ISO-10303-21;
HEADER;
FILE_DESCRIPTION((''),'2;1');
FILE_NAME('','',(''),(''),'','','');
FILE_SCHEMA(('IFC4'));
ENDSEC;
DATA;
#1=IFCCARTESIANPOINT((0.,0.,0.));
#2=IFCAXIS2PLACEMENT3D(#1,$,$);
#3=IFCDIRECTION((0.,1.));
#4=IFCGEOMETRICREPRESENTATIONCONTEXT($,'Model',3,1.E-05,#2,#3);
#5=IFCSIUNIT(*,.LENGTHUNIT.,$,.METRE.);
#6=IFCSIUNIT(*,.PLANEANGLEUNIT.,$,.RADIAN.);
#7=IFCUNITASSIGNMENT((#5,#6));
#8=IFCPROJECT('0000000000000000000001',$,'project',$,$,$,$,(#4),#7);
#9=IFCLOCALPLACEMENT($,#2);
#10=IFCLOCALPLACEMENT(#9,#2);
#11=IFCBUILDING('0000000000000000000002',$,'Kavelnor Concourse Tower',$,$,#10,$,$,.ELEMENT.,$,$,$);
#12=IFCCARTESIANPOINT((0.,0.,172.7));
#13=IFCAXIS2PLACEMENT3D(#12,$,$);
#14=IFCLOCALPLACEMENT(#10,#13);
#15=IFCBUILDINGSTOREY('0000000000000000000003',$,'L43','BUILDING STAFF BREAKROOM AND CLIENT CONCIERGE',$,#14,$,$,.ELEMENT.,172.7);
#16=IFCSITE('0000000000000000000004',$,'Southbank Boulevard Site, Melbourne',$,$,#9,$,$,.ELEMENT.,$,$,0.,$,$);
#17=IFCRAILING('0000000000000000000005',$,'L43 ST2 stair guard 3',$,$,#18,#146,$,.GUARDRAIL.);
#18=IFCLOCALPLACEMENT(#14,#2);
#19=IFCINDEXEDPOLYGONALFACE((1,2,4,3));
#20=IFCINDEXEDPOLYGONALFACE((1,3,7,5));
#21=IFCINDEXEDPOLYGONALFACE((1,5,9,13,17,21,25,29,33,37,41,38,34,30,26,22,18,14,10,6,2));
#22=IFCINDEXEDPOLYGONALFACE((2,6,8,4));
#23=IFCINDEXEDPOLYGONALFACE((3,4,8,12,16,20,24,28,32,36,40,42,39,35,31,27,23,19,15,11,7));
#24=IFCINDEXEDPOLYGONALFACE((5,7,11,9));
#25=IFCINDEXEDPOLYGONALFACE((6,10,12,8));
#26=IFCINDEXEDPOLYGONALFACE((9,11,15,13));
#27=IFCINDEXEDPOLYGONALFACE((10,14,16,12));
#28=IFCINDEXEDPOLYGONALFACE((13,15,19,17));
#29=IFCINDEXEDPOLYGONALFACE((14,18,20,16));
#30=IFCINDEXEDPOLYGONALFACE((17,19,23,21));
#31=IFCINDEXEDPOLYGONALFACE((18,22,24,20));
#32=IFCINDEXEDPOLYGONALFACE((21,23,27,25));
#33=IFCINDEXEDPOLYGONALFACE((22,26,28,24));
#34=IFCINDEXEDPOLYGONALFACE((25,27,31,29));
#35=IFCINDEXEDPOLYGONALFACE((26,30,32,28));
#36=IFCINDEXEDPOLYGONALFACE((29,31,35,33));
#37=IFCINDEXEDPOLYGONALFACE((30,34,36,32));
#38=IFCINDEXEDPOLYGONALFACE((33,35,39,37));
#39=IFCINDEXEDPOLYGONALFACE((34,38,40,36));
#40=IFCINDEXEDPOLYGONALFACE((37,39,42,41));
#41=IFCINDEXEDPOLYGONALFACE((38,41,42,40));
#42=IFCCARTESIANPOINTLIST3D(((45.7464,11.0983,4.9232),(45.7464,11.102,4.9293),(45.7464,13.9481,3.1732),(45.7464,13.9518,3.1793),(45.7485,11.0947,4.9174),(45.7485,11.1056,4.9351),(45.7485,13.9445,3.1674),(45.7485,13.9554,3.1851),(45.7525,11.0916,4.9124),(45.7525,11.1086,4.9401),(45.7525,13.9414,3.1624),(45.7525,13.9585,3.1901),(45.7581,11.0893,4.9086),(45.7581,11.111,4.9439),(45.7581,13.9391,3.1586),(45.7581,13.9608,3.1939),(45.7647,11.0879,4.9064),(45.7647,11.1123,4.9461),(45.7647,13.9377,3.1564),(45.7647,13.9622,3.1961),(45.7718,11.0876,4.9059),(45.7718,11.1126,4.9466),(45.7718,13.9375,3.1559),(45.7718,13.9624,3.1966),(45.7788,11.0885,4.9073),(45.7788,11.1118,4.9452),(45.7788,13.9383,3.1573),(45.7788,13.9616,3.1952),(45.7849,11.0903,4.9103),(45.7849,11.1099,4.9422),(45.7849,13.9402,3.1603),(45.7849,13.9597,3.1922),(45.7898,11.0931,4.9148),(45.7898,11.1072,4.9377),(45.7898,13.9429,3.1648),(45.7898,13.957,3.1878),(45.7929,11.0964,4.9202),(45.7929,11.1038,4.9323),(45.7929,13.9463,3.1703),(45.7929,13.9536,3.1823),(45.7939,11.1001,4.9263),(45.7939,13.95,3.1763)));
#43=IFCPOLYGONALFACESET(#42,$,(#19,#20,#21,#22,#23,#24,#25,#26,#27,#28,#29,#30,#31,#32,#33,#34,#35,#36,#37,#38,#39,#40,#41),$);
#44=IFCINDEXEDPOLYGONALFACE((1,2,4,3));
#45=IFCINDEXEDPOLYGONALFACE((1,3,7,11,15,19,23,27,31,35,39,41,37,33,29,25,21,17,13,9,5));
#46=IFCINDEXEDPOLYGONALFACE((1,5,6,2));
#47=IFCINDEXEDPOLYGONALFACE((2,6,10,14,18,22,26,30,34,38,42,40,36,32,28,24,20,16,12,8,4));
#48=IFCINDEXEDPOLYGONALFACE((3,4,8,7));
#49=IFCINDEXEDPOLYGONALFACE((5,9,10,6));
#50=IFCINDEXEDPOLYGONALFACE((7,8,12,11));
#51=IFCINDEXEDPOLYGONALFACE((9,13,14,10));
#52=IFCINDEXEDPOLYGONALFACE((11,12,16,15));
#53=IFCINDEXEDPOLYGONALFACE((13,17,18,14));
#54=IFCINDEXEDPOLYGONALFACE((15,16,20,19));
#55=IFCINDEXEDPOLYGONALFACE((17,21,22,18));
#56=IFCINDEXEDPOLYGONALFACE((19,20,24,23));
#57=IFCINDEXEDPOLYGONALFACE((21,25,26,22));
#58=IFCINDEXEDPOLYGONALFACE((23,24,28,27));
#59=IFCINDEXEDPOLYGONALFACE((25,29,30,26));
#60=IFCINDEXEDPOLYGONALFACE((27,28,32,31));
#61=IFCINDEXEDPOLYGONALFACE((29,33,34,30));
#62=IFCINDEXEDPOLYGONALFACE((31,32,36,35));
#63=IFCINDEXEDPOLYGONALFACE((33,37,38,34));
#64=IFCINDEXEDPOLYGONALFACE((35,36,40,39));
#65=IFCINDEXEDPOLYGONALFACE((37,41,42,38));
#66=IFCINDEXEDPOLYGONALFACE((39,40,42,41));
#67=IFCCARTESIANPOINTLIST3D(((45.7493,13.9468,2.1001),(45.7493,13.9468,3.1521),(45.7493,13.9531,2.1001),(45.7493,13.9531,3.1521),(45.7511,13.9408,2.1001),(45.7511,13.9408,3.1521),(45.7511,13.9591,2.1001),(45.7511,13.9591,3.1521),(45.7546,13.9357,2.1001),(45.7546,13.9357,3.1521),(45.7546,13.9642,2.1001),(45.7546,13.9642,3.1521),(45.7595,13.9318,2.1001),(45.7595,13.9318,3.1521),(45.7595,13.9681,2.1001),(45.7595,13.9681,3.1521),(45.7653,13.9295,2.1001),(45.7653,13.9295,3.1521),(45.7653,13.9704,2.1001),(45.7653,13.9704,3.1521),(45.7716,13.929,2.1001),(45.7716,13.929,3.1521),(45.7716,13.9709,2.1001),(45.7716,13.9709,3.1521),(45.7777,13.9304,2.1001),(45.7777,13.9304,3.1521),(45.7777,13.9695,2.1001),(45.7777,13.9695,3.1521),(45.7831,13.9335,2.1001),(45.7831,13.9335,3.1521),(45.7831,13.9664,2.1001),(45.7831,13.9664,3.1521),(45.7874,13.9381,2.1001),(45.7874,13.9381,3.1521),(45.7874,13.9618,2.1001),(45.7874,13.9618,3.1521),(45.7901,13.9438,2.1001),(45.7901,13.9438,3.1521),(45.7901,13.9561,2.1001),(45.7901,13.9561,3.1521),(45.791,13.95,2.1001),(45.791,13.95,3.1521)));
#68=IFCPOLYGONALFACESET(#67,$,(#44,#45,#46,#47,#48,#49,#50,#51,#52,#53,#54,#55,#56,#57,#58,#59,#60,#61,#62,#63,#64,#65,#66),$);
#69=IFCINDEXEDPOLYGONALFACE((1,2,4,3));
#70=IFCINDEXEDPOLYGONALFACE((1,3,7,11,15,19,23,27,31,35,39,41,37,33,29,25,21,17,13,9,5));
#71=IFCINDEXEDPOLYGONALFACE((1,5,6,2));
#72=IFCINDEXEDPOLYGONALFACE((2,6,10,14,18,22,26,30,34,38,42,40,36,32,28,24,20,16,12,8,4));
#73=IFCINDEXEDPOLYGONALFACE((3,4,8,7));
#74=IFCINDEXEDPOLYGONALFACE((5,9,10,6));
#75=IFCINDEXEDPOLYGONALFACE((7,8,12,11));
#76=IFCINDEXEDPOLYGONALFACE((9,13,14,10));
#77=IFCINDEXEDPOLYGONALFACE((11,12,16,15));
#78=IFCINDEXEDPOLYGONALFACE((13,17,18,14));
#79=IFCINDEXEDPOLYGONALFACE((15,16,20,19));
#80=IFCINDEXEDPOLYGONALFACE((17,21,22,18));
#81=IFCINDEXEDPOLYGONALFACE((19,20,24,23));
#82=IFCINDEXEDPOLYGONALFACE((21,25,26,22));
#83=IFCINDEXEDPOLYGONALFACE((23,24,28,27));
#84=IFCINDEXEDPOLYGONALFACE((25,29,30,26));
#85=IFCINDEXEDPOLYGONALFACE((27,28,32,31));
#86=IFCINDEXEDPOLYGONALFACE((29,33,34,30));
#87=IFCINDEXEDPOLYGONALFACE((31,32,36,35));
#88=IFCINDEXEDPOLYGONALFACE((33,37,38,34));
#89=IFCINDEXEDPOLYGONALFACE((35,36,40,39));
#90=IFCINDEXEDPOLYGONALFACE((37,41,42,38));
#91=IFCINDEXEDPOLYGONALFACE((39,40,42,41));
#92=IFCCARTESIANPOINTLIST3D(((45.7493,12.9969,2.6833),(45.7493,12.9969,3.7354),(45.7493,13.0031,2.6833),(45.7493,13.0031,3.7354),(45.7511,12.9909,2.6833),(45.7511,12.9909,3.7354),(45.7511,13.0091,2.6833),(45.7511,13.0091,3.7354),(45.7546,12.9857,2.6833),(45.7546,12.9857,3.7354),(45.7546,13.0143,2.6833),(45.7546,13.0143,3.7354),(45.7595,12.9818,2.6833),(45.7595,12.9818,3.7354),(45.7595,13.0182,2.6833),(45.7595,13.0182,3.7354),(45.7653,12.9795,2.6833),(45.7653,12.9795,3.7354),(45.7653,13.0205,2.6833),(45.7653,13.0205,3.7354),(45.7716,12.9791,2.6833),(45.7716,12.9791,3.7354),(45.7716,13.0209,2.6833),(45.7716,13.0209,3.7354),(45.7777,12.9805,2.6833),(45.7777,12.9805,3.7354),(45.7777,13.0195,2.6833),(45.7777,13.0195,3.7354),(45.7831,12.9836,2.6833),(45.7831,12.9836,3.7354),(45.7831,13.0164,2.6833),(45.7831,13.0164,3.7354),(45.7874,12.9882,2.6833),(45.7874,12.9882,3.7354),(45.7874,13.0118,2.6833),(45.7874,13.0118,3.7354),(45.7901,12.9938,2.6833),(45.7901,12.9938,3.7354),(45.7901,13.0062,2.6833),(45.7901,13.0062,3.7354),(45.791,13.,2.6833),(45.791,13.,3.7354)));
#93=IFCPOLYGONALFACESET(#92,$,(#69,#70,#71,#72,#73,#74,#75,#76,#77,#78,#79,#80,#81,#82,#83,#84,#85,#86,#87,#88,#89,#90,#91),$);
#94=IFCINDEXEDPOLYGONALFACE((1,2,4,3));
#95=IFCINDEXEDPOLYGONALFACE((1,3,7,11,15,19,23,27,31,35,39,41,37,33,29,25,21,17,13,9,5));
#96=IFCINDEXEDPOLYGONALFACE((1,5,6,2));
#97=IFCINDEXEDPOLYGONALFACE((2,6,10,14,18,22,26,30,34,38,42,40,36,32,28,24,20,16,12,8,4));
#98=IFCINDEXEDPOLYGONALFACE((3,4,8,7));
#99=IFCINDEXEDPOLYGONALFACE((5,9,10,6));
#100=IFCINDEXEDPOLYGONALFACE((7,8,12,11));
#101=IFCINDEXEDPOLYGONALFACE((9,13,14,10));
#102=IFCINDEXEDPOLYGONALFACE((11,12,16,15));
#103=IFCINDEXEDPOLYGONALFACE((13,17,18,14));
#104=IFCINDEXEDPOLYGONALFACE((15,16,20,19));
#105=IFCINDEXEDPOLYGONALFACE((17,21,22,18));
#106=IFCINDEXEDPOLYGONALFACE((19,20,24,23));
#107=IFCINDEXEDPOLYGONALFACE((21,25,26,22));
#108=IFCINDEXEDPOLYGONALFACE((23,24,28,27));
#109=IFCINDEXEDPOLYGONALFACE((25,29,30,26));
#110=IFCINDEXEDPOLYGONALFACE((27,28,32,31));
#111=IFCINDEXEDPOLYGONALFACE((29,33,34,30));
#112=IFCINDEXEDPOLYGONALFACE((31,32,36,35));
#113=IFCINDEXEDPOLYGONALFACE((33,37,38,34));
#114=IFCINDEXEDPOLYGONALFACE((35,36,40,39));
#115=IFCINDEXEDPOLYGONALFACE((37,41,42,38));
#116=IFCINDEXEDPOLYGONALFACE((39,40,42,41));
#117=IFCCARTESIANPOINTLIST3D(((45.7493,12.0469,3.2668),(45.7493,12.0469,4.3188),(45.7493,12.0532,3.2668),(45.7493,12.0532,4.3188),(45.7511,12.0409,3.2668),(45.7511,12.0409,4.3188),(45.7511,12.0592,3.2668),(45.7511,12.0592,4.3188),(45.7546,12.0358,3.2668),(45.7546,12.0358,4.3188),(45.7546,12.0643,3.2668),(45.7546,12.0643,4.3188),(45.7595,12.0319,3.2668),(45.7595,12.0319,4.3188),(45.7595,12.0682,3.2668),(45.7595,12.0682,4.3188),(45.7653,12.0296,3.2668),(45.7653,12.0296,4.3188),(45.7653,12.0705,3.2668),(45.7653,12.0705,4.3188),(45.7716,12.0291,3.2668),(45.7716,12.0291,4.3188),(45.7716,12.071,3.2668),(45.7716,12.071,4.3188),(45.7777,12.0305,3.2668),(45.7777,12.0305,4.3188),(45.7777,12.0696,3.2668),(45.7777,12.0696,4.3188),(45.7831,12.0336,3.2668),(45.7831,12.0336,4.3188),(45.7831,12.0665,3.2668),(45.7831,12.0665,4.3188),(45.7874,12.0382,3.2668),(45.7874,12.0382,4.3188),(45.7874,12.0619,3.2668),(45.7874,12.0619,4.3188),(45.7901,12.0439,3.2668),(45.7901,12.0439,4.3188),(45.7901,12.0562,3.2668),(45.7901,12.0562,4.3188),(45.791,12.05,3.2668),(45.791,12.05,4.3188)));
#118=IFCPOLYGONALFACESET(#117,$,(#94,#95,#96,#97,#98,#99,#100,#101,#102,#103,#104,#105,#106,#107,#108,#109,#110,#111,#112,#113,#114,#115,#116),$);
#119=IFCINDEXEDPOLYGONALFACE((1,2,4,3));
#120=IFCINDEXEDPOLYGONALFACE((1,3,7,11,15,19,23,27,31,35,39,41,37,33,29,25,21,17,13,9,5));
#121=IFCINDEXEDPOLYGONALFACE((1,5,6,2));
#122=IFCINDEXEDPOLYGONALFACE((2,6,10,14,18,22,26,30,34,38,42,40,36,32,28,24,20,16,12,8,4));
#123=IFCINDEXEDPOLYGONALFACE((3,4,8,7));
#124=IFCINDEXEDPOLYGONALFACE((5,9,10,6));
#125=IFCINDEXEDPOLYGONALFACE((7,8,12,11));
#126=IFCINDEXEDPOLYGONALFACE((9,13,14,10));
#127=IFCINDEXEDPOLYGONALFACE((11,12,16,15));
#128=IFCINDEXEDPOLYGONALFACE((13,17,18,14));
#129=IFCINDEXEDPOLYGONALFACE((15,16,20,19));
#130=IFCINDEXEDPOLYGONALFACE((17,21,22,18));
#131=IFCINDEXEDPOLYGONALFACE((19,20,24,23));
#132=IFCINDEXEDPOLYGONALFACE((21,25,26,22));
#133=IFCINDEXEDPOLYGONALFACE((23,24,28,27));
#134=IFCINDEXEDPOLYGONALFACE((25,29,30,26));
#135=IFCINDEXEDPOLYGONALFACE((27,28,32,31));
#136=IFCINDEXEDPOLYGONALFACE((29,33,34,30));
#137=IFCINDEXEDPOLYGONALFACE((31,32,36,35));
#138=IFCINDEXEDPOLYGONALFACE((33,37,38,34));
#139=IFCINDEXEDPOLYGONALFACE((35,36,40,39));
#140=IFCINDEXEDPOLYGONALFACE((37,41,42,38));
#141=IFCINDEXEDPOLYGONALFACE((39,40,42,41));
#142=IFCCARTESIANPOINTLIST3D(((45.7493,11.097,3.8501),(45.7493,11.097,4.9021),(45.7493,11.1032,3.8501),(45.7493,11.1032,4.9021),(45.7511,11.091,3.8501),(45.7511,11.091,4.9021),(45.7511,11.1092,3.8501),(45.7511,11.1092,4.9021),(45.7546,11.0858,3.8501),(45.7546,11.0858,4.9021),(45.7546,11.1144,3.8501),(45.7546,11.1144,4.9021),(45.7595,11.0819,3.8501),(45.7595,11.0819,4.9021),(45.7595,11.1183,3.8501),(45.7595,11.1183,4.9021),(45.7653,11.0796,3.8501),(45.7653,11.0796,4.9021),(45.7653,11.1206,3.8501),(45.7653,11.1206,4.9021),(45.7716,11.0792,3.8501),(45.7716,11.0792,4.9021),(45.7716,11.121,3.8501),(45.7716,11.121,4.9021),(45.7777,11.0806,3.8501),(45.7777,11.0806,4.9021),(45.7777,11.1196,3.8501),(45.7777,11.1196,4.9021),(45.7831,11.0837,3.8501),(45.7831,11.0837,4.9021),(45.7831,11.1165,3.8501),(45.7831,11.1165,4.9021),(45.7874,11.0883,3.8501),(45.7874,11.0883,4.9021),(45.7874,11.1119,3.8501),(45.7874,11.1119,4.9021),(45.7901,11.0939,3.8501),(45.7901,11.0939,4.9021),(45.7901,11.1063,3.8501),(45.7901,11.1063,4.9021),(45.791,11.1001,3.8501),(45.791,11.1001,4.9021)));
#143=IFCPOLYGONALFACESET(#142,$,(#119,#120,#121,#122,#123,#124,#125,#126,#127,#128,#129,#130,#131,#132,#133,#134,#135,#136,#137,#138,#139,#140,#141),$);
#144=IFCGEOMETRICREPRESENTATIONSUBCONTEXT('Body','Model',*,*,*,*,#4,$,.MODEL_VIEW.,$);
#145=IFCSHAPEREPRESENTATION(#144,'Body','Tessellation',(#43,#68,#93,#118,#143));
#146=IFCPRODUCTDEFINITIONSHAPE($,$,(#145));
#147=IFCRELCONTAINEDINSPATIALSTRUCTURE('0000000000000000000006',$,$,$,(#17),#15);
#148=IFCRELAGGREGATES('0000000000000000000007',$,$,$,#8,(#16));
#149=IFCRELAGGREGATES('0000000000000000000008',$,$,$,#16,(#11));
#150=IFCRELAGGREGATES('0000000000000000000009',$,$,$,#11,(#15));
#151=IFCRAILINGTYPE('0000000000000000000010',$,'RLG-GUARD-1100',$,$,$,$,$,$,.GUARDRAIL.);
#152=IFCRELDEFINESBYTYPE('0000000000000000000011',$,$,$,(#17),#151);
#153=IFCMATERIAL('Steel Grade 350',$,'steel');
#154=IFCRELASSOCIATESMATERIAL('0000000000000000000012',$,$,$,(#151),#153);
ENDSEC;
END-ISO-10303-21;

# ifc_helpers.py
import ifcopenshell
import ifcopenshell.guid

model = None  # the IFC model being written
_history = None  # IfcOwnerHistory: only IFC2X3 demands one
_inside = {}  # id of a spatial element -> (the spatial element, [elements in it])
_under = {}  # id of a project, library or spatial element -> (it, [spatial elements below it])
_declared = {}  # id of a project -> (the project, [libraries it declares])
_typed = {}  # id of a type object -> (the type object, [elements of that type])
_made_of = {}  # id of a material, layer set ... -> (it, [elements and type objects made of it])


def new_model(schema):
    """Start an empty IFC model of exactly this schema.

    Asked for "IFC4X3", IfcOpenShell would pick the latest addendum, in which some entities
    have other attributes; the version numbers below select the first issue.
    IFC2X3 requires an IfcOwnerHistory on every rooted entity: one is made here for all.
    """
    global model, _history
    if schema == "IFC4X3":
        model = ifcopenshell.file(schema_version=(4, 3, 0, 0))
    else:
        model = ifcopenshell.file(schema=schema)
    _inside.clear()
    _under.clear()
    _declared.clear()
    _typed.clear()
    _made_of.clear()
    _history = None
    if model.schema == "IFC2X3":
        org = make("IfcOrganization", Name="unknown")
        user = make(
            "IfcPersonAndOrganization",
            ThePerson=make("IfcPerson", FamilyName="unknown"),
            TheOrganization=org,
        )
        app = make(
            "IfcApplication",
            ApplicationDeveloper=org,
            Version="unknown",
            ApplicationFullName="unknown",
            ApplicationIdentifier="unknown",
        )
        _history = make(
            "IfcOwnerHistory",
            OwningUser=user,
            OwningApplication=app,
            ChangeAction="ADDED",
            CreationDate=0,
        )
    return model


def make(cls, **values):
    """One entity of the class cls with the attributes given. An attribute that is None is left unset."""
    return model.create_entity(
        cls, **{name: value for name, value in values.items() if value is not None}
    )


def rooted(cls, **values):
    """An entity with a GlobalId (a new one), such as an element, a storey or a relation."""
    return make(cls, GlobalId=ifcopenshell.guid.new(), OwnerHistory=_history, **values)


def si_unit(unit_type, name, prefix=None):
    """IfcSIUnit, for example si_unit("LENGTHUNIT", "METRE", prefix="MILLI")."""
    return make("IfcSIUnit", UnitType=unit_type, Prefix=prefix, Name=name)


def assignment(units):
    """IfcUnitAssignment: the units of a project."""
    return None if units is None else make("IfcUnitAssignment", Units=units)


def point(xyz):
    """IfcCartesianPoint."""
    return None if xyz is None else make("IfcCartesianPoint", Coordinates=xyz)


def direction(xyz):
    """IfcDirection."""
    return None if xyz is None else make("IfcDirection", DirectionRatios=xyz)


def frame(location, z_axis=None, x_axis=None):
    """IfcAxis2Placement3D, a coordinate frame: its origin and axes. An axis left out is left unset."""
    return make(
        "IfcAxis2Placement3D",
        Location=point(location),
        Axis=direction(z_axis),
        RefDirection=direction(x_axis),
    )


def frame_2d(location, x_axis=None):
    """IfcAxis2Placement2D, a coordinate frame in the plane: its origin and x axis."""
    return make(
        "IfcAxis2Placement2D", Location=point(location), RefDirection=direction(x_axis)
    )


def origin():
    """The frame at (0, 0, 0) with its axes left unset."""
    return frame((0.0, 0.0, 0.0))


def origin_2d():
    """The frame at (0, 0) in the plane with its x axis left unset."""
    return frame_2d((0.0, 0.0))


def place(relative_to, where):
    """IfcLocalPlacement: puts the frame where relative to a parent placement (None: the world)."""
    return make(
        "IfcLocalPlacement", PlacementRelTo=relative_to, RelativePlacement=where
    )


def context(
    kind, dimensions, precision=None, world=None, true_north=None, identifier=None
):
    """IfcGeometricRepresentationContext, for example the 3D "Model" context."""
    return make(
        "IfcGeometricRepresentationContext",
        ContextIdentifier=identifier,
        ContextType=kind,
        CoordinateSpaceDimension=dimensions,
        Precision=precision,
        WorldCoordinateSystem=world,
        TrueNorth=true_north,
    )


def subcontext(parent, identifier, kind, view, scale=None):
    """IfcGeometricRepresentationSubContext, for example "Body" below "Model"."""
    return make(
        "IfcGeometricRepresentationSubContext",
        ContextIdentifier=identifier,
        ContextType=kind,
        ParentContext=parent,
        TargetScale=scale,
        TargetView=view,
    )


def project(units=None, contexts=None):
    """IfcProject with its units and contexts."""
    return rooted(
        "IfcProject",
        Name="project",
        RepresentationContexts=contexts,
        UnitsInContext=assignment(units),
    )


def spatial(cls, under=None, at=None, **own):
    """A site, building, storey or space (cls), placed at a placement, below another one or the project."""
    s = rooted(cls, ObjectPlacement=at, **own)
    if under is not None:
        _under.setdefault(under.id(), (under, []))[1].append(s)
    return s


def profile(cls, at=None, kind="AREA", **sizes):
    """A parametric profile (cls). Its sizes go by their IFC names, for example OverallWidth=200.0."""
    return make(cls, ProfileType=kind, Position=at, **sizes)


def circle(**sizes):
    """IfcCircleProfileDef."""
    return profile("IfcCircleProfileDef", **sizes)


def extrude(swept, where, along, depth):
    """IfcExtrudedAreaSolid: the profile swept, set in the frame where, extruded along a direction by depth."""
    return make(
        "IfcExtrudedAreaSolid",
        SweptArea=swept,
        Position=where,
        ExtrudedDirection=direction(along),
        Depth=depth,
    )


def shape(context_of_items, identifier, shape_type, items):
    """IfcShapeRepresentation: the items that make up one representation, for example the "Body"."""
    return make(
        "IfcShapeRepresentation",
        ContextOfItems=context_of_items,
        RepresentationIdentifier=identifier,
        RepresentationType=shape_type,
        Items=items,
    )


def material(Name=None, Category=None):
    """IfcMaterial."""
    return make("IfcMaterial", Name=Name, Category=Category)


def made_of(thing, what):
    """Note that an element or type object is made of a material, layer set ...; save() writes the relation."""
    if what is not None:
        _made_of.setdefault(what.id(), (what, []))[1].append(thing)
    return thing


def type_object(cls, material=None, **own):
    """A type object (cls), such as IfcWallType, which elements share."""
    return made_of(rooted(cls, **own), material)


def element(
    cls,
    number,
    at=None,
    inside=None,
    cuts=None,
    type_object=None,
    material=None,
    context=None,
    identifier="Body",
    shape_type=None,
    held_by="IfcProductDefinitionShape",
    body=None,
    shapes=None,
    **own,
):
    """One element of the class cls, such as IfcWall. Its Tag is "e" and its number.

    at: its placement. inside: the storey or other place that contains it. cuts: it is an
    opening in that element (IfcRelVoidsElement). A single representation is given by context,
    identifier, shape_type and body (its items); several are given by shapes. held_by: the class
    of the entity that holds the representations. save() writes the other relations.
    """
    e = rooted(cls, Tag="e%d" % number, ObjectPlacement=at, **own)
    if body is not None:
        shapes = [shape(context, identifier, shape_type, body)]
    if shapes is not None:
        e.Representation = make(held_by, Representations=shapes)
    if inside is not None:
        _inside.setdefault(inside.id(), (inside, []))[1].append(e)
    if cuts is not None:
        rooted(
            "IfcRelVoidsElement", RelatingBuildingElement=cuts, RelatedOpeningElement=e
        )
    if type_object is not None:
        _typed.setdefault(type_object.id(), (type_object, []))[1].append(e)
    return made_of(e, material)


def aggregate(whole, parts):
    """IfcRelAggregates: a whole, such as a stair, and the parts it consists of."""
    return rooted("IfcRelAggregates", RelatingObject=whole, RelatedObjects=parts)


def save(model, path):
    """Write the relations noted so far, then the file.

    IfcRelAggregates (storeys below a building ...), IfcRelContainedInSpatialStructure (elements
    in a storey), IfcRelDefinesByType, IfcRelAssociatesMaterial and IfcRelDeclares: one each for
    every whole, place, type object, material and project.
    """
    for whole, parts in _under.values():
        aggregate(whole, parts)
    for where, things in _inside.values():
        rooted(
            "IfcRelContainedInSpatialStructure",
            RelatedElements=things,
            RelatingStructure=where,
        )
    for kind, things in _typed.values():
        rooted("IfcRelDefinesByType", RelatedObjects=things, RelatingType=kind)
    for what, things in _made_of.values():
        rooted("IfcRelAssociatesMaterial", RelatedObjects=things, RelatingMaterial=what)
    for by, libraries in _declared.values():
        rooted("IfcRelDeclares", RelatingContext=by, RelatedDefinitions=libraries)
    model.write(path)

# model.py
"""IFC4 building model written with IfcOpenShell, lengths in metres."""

from ifc_helpers import new_model, si_unit, direction, frame, origin, origin_2d, place, context, subcontext, project, spatial, circle, extrude, material, type_object, element, save


model = new_model("IFC4")

# Units and contexts
model_context = context("Model", 3, precision=1e-05, world=origin(), true_north=direction((0.0, 1.0)))
body_context = subcontext(model_context, "Body", "Model", "MODEL_VIEW")
ifc_project = project(units=[si_unit("LENGTHUNIT", "METRE"), si_unit("PLANEANGLEUNIT", "RADIAN")], contexts=[model_context])

# Site, building, storey
site_placement = place(None, origin())
site = spatial("IfcSite", under=ifc_project, at=site_placement, Name="Southbank Boulevard Site, Melbourne", CompositionType="ELEMENT", RefElevation=0.0)
building_placement = place(site_placement, origin())
building = spatial("IfcBuilding", under=site, at=building_placement, Name="Kavelnor Concourse Tower", CompositionType="ELEMENT")
storey_placement = place(building_placement, frame((0.0, 0.0, 172.7)))
storey = spatial("IfcBuildingStorey", under=building, at=storey_placement, Name="L43", Description="BUILDING STAFF BREAKROOM AND CLIENT CONCIERGE", CompositionType="ELEMENT", Elevation=172.7)

# Shared definitions
ifc_material_1 = material(Name="Steel Grade 350", Category="steel")

# Railing
railing_type_1 = type_object("IfcRailingType", Name="RLG-GUARD-1100", PredefinedType="GUARDRAIL", material=ifc_material_1)
railing_1_placement = place(storey_placement, frame((45.77, 13.95, 2.1001)))
element("IfcRailing", 1, at=railing_1_placement, inside=storey, type_object=railing_type_1, Name="L43 ST2 stair guard 3", PredefinedType="GUARDRAIL", context=body_context, shape_type="SweptSolid", body=[
    extrude(circle(Radius=0.0239, at=origin_2d()), frame((0.0, 0.0, 1.0762), z_axis=(0.0, -0.852159, 0.523283), x_axis=(1.0, 0.0, 0.0)), (0.0, 0.0, 1.0), 3.3442),
    extrude(circle(Radius=0.021, at=origin_2d()), origin(), (0.0, 0.0, 1.0), 1.052),
    extrude(circle(Radius=0.021, at=origin_2d()), frame((0.0, -0.95, 0.5833)), (0.0, 0.0, 1.0), 1.052),
    extrude(circle(Radius=0.021, at=origin_2d()), frame((0.0, -1.8999, 1.1667)), (0.0, 0.0, 1.0), 1.052),
    extrude(circle(Radius=0.021, at=origin_2d()), frame((0.0, -2.8499, 1.75)), (0.0, 0.0, 1.0), 1.052),
])

save(model, "model.ifc")
